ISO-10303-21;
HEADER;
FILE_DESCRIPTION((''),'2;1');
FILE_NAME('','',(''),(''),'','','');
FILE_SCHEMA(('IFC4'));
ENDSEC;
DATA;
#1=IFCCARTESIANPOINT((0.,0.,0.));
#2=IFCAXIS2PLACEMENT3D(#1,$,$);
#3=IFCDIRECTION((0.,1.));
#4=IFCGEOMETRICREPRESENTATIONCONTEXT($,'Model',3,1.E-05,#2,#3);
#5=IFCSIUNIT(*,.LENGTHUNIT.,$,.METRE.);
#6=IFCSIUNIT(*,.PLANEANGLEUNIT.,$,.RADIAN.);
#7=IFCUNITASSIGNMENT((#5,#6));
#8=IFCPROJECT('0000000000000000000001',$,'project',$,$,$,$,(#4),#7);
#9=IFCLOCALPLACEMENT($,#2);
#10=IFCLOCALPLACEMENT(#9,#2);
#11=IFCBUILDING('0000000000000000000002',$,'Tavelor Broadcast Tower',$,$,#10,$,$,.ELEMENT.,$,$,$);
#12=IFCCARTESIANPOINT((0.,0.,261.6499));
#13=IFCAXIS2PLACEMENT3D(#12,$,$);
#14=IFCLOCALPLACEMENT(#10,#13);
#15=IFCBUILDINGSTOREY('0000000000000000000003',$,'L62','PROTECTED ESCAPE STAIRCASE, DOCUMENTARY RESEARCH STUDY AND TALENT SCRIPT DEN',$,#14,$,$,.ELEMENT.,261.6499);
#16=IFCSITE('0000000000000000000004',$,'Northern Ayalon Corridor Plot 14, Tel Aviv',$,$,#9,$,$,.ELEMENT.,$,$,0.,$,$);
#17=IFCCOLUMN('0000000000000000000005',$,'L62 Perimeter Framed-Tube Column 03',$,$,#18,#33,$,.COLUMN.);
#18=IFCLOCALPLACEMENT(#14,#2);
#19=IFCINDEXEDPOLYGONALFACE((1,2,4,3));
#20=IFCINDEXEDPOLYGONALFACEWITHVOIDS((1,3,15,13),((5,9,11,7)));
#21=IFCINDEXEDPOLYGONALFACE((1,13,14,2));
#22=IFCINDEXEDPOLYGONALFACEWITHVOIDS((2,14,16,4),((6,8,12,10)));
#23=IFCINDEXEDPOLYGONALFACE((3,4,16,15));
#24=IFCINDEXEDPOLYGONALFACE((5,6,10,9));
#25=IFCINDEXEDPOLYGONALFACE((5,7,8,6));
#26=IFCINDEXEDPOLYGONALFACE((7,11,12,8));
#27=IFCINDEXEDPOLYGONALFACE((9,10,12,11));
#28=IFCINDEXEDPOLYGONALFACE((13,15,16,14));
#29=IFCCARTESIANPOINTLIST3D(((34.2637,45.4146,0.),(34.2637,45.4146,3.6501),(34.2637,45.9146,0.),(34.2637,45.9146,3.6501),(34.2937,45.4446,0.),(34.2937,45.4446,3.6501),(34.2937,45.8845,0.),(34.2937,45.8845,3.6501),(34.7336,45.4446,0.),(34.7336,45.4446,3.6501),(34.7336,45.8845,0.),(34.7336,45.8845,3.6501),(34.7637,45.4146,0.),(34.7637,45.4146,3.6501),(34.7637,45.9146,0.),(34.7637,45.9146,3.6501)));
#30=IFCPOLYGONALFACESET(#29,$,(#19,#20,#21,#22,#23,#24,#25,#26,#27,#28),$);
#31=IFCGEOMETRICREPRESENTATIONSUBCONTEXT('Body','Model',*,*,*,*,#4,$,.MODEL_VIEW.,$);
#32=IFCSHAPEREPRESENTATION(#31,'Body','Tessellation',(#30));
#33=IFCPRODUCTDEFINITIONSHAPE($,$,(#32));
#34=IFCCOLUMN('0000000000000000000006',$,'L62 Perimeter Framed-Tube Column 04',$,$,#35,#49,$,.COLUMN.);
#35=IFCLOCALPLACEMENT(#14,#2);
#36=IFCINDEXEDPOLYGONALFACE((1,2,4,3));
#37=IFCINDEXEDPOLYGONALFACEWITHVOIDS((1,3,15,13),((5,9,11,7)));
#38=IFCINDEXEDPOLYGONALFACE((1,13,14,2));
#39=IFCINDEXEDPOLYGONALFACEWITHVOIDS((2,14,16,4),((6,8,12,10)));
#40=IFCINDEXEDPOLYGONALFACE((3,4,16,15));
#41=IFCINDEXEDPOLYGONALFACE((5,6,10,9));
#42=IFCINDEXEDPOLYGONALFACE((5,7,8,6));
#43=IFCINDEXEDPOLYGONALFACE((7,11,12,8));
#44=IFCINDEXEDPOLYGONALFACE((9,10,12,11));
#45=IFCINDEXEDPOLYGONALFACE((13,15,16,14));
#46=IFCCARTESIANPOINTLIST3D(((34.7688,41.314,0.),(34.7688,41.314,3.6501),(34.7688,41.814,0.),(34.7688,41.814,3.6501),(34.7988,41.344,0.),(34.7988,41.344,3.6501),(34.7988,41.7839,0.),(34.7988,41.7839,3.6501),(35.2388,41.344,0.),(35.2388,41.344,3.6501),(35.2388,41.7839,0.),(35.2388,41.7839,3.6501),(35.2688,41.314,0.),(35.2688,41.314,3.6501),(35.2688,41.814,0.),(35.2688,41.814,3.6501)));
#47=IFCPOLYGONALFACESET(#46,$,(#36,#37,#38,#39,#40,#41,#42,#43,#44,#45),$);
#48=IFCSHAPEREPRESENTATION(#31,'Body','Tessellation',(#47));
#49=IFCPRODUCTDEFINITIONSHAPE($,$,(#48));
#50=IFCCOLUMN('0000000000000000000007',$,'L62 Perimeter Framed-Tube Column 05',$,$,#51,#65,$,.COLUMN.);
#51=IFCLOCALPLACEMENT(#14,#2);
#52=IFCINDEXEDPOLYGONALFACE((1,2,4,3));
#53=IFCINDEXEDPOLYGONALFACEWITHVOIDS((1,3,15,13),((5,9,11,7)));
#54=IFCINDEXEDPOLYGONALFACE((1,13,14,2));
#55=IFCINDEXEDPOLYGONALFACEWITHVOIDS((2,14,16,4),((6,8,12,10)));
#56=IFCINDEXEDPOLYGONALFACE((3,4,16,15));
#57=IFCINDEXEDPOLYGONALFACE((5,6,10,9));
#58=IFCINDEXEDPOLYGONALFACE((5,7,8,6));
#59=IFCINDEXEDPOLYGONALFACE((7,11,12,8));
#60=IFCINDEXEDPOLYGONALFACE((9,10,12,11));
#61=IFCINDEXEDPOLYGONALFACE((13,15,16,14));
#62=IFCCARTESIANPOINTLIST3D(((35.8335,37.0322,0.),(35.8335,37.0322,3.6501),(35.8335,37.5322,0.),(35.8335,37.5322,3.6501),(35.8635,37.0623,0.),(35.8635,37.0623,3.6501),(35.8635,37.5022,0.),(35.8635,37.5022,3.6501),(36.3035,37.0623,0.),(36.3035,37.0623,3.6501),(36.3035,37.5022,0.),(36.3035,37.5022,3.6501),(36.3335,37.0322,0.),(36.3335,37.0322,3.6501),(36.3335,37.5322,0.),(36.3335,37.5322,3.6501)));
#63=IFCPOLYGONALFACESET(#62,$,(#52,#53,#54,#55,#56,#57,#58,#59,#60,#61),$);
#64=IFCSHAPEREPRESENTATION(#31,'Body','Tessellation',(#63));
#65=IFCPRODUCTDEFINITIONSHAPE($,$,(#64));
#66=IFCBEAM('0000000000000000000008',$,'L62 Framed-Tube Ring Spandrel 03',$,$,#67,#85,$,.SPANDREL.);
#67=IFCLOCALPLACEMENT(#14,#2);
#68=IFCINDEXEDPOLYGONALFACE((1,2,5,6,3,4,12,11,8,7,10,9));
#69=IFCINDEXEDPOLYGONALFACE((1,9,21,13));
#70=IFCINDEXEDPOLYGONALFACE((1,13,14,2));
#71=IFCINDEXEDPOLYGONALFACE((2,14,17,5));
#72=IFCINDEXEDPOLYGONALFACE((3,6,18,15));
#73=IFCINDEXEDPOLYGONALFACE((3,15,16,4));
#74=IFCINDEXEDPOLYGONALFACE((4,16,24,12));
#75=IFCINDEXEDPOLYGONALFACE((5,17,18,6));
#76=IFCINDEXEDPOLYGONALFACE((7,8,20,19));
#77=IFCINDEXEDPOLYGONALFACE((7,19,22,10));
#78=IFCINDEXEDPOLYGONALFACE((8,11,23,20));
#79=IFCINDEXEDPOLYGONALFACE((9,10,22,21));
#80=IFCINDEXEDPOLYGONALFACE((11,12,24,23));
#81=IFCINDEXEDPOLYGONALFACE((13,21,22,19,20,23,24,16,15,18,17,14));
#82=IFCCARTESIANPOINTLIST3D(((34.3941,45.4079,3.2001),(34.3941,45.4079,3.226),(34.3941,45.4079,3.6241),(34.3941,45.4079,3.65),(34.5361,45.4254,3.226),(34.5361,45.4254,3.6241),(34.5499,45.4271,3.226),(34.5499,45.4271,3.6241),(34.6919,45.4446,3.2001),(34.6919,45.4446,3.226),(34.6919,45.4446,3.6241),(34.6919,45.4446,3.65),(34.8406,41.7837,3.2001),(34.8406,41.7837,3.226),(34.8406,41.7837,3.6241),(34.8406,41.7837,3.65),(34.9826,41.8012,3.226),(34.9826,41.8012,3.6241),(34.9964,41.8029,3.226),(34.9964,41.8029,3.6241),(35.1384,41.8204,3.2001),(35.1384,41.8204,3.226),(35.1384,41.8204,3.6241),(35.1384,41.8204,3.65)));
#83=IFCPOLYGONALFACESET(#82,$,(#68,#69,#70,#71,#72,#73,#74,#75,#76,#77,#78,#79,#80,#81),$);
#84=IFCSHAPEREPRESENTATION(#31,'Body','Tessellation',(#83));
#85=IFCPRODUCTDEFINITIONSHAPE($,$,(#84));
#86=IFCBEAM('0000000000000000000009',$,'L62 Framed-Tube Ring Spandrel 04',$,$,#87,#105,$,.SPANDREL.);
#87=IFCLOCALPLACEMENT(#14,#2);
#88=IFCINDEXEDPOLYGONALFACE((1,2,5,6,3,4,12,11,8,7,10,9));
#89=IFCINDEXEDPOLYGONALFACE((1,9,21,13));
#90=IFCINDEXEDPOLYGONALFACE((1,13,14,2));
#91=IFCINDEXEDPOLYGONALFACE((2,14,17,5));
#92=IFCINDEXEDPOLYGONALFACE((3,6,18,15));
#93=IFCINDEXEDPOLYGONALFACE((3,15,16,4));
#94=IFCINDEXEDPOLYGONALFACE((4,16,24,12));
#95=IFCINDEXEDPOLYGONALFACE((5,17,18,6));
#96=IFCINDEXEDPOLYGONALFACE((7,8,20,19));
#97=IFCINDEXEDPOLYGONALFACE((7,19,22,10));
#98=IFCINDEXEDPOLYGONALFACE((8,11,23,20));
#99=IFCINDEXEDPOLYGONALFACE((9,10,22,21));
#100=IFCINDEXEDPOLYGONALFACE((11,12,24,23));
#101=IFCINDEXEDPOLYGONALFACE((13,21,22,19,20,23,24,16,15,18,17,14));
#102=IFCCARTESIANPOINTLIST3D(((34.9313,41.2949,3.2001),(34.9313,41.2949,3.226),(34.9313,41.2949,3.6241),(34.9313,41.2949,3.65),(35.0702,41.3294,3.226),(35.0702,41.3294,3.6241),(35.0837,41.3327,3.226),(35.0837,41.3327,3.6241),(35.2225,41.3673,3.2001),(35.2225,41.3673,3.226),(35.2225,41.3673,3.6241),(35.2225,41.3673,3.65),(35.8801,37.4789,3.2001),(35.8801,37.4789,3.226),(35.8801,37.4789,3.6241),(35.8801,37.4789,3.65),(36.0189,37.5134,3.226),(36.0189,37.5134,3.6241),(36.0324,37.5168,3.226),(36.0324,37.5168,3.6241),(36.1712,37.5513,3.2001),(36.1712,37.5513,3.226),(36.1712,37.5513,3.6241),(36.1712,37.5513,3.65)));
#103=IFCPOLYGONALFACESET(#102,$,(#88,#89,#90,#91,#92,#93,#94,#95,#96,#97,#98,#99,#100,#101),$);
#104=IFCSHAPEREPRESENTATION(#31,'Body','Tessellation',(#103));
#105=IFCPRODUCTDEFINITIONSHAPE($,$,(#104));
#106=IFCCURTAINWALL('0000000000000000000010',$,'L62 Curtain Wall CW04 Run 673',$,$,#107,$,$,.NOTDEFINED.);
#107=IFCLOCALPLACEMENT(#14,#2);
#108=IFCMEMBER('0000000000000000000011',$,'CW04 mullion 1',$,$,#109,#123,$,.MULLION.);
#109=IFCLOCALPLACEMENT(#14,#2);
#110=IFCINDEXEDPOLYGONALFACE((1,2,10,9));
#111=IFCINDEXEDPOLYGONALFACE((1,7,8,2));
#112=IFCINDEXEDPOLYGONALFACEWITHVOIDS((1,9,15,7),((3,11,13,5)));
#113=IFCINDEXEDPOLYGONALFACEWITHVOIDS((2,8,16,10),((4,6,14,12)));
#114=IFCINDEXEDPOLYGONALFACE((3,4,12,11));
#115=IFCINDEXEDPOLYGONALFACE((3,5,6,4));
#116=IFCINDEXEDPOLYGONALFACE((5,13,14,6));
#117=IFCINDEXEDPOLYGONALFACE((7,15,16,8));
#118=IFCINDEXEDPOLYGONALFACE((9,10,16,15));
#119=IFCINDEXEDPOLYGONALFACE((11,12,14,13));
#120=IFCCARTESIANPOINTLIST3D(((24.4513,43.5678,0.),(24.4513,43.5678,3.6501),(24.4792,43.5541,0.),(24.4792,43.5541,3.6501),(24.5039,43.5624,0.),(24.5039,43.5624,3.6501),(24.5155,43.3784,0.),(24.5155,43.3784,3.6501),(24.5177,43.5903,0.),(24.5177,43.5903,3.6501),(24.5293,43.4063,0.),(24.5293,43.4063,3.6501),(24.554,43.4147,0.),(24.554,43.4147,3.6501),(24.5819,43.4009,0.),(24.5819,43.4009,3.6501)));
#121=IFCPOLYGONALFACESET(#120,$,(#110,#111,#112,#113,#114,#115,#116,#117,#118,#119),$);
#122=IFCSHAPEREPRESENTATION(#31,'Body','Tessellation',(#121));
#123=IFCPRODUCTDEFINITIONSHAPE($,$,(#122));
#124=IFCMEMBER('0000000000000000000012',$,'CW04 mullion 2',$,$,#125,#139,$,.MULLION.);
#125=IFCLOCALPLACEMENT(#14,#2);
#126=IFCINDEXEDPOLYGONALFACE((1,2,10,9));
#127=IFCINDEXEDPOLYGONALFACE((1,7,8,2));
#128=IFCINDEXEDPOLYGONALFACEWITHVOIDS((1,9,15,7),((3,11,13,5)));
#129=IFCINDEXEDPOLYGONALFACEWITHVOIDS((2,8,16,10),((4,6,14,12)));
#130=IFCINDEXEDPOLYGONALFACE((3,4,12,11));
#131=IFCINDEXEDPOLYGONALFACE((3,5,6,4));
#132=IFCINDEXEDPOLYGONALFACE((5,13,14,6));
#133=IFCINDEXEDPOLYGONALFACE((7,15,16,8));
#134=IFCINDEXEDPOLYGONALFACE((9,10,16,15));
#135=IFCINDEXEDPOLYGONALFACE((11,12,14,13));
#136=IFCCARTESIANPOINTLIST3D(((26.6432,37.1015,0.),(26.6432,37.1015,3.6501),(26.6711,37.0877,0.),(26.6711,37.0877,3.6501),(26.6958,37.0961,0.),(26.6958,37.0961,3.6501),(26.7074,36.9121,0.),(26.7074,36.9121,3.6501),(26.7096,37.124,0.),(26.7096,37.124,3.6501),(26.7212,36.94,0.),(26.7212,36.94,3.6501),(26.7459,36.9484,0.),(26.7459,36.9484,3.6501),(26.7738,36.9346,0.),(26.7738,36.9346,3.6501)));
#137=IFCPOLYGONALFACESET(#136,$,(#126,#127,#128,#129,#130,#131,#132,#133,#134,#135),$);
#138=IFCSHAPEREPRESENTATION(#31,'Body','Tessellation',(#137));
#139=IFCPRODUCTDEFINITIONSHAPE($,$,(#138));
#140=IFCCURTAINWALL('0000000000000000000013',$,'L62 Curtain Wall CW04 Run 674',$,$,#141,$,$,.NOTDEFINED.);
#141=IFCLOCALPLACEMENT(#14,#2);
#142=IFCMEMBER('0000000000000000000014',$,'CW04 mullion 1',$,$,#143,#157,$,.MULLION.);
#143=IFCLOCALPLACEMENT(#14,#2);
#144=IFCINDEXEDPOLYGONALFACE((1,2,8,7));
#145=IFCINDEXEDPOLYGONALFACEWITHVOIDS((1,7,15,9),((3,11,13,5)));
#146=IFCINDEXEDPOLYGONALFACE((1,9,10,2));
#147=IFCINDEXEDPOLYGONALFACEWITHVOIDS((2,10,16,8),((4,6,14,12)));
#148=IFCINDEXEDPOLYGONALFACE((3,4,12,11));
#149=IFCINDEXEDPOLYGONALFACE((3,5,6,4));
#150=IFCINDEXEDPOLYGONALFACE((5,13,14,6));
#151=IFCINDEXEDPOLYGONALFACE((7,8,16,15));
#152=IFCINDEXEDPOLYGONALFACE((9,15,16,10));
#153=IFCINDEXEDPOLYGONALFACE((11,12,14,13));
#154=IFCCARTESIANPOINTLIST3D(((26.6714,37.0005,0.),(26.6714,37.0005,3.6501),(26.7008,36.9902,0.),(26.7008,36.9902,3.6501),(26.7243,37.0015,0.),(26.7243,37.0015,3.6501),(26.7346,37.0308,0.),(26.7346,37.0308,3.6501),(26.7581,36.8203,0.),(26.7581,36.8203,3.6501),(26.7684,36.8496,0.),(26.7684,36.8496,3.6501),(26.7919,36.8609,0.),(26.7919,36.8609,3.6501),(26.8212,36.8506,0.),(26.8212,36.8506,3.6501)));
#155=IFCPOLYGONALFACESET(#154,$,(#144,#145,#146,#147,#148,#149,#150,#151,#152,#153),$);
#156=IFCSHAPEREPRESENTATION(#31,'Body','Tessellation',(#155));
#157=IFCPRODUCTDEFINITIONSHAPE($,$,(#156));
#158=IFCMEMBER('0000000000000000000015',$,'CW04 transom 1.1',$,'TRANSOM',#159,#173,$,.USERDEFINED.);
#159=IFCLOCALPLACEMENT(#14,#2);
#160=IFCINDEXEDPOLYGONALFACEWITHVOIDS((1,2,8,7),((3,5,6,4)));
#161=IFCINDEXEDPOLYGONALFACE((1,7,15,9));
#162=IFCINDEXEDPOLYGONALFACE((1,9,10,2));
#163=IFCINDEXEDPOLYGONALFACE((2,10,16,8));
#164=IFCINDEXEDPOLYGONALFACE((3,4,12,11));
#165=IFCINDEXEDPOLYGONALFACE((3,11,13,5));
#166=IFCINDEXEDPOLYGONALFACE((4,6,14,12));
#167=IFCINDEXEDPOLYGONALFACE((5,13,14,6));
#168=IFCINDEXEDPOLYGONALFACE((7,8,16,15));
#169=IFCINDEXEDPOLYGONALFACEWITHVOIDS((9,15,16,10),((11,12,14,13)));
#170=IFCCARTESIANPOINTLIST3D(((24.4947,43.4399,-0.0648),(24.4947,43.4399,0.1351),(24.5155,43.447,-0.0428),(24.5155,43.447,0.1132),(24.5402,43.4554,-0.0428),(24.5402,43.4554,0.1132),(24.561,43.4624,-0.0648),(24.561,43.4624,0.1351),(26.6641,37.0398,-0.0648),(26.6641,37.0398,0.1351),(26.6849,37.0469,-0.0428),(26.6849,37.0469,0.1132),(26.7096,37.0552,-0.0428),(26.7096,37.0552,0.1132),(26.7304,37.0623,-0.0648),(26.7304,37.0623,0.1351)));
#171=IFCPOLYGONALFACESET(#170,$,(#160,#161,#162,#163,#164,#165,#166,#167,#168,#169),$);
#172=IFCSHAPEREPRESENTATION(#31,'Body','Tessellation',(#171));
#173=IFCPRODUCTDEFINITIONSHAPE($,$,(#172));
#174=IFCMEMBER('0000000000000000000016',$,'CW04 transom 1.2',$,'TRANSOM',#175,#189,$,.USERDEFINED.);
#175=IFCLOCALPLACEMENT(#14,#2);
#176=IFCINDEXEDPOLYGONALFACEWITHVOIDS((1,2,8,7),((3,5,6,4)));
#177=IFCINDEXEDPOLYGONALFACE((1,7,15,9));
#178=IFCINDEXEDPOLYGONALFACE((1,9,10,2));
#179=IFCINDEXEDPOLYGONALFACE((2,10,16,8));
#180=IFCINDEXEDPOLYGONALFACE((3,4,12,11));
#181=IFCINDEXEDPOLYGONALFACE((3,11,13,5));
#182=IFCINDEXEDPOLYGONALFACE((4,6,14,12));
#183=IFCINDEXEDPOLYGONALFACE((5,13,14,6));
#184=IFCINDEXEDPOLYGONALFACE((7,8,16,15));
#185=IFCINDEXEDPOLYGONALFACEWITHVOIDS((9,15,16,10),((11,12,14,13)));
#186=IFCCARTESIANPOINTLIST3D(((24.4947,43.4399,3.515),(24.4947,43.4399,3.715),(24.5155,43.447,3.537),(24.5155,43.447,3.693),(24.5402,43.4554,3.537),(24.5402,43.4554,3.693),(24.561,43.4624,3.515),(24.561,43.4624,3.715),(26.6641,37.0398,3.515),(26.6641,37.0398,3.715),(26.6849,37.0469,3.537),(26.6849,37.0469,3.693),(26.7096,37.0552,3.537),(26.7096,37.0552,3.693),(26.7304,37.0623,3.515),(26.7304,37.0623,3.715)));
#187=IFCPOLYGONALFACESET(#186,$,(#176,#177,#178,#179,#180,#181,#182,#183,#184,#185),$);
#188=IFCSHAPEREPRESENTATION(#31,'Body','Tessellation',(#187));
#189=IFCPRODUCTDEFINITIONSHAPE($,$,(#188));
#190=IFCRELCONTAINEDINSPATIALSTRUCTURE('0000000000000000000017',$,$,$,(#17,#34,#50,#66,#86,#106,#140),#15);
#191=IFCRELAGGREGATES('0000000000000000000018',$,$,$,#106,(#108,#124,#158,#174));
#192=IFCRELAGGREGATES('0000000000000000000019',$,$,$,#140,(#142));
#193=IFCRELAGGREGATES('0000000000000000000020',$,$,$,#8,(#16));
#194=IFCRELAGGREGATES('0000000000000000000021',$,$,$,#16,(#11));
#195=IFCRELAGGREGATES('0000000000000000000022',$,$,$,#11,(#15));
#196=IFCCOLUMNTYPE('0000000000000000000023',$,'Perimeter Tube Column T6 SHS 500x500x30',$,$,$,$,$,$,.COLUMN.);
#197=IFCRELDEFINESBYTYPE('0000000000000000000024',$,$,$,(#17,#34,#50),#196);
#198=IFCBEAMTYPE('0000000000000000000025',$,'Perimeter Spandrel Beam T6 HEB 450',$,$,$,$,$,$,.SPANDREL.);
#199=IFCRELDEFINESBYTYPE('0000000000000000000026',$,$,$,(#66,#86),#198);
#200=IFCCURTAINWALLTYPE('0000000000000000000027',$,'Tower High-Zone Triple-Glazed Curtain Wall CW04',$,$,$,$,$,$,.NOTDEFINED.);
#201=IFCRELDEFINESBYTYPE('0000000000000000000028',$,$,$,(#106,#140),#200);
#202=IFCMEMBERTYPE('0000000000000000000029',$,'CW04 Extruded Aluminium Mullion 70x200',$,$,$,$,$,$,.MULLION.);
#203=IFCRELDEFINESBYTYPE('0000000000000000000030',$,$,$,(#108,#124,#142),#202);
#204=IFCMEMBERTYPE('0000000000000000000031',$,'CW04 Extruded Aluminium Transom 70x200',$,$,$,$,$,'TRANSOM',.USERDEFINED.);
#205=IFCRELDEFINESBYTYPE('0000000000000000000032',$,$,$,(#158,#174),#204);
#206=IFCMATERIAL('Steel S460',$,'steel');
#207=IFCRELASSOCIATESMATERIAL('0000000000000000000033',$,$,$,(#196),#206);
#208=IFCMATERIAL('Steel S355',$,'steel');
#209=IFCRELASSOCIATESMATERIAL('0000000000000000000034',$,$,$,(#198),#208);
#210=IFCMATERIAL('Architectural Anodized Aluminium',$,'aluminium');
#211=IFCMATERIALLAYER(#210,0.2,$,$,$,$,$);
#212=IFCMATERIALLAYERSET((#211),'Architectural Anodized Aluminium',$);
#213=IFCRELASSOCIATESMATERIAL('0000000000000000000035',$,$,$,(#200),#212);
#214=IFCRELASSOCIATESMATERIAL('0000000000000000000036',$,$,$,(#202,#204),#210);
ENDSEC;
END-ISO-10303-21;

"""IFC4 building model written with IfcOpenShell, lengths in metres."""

from ifc_helpers import new_model, si_unit, direction, frame, origin, origin_2d, place, context, subcontext, project, spatial, hollow_rectangle, i_section, extrude, source, transform, mapped, material, layer, layer_set, material_profile, profile_set, type_object, type_shapes, element, aggregate, save


model = new_model("IFC4")

# Units and contexts
model_context = context("Model", 3, precision=1e-05, world=origin(), true_north=direction((0.0, 1.0)))
body_context = subcontext(model_context, "Body", "Model", "MODEL_VIEW")
ifc_project = project(units=[si_unit("LENGTHUNIT", "METRE"), si_unit("PLANEANGLEUNIT", "RADIAN")], contexts=[model_context])

# Site, building, storey
site_placement = place(None, origin())
site = spatial("IfcSite", under=ifc_project, at=site_placement, Name="Northern Ayalon Corridor Plot 14, Tel Aviv", CompositionType="ELEMENT", RefElevation=0.0)
building_placement = place(site_placement, origin())
building = spatial("IfcBuilding", under=site, at=building_placement, Name="Tavelor Broadcast Tower", CompositionType="ELEMENT")
storey_placement = place(building_placement, frame((0.0, 0.0, 261.6499)))
storey = spatial("IfcBuildingStorey", under=building, at=storey_placement, Name="L62", Description="PROTECTED ESCAPE STAIRCASE, DOCUMENTARY RESEARCH STUDY AND TALENT SCRIPT DEN", CompositionType="ELEMENT", Elevation=261.6499)

# Columns
ifc_material_1 = material(Name="Steel S460", Category="steel")
ifc_material_profile_1 = material_profile(ifc_material_1, hollow_rectangle(XDim=0.5, YDim=0.5, WallThickness=0.03, at=origin_2d()), Name="SHS 500x500x30")
ifc_profile_set_1 = profile_set([ifc_material_profile_1], Name="Steel S460")
column_type = type_object("IfcColumnType", Name="Perimeter Tube Column T6 SHS 500x500x30", PredefinedType="COLUMN", material=ifc_profile_set_1)
for number, where, z_axis, x_axis, name in (
    (1, (34.5137, 45.6646, 0.0), (0.0, 0.0, 1.0), (1.0, 0.0, 0.0), "L62 Perimeter Framed-Tube Column 03"),
    (2, (35.0188, 41.564, 0.0), (0.0, 0.0, 1.0), (1.0, 0.0, 0.0), "L62 Perimeter Framed-Tube Column 04"),
    (3, (36.0835, 37.2822, 0.0), (0.0, 0.0, 1.0), (1.0, 0.0, 0.0), "L62 Perimeter Framed-Tube Column 05"),
):
    element("IfcColumn", number, at=place(storey_placement, frame(where, z_axis=z_axis, x_axis=x_axis)), inside=storey, type_object=column_type, Name=name, PredefinedType="COLUMN", context=body_context, shape_type="SweptSolid", body=[
        extrude(hollow_rectangle(XDim=0.5, YDim=0.5, WallThickness=0.03, at=origin_2d()), origin(), (0.0, 0.0, 1.0), 3.6501),
    ])

# Beams
ifc_material_2 = material(Name="Steel S355", Category="steel")
ifc_material_profile_2 = material_profile(ifc_material_2, i_section(OverallWidth=0.3, OverallDepth=0.45, WebThickness=0.0139, FlangeThickness=0.0259, at=origin_2d()), Name="HEB 450")
ifc_profile_set_2 = profile_set([ifc_material_profile_2], Name="Steel S355")
beam_type = type_object("IfcBeamType", Name="Perimeter Spandrel Beam T6 HEB 450", PredefinedType="SPANDREL", material=ifc_profile_set_2)
beam_1_placement = place(storey_placement, frame((34.543, 45.4263, 3.425), z_axis=(0.122282, -0.992495, 0.0), x_axis=(0.992495, 0.122282, 0.0)))
element("IfcBeam", 4, at=beam_1_placement, inside=storey, type_object=beam_type, Name="L62 Framed-Tube Ring Spandrel 03", PredefinedType="SPANDREL", context=body_context, shape_type="SweptSolid", body=[
    extrude(i_section(OverallWidth=0.3, OverallDepth=0.45, WebThickness=0.0139, FlangeThickness=0.0259, at=origin_2d()), origin(), (0.0, 0.0, 1.0), 3.6516),
])
beam_2_placement = place(storey_placement, frame((35.0769, 41.3311, 3.425), z_axis=(0.241279, -0.970456, 0.0), x_axis=(0.970456, 0.241279, 0.0)))
element("IfcBeam", 5, at=beam_2_placement, inside=storey, type_object=beam_type, Name="L62 Framed-Tube Ring Spandrel 04", PredefinedType="SPANDREL", context=body_context, shape_type="SweptSolid", body=[
    extrude(i_section(OverallWidth=0.3, OverallDepth=0.45, WebThickness=0.0139, FlangeThickness=0.0259, at=origin_2d()), origin(), (0.0, 0.0, 1.0), 3.9321),
])

# Curtain wall, members
ifc_material_3 = material(Name="Architectural Anodized Aluminium", Category="aluminium")
ifc_layer_1 = layer(ifc_material_3, 0.2)
ifc_layer_set_1 = layer_set([ifc_layer_1], Name="Architectural Anodized Aluminium")
curtain_wall_type = type_object("IfcCurtainWallType", Name="Tower High-Zone Triple-Glazed Curtain Wall CW04", PredefinedType="NOTDEFINED", material=ifc_layer_set_1)
curtain_wall_1_placement = place(storey_placement, origin())
curtain_wall_1 = element("IfcCurtainWall", 6, at=curtain_wall_1_placement, inside=storey, type_object=curtain_wall_type, Name="L62 Curtain Wall CW04 Run 673", PredefinedType="NOTDEFINED")
ifc_material_profile_3 = material_profile(ifc_material_3, hollow_rectangle(XDim=0.0701, YDim=0.2, WallThickness=0.022, at=origin_2d()), Name="RHS 70x200x22")
ifc_profile_set_3 = profile_set([ifc_material_profile_3], Name="Architectural Anodized Aluminium")
member_type_1 = type_object("IfcMemberType", Name="CW04 Extruded Aluminium Mullion 70x200", PredefinedType="MULLION", material=ifc_profile_set_3)
shared_shape_1 = source(origin(), body_context, "Body", "SweptSolid", [
    extrude(hollow_rectangle(XDim=0.0701, YDim=0.2, WallThickness=0.022, at=origin_2d()), origin(), (0.0, 0.0, 1.0), 3.6501),
])
type_shapes(member_type_1, [shared_shape_1])
member_1_placement = place(storey_placement, frame((24.5166, 43.4844, 0.0), z_axis=(0.0, 0.0, 1.0), x_axis=(0.947074, 0.321017, 0.0)))
member_1 = element("IfcMember", 7, at=member_1_placement, type_object=member_type_1, Name="CW04 mullion 1", PredefinedType="MULLION", context=body_context, shape_type="MappedRepresentation", body=[
    mapped(shared_shape_1, transform((0.0, 0.0, 0.0), scale=1.0)),
])
member_2_placement = place(storey_placement, frame((26.7085, 37.0181, 0.0), z_axis=(0.0, 0.0, 1.0), x_axis=(0.947074, 0.321017, 0.0)))
member_2 = element("IfcMember", 8, at=member_2_placement, type_object=member_type_1, Name="CW04 mullion 2", PredefinedType="MULLION", context=body_context, shape_type="MappedRepresentation", body=[
    mapped(shared_shape_1, transform((0.0, 0.0, 0.0), scale=1.0)),
])

# Curtain wall, member
curtain_wall_2_placement = place(storey_placement, origin())
curtain_wall_2 = element("IfcCurtainWall", 9, at=curtain_wall_2_placement, inside=storey, type_object=curtain_wall_type, Name="L62 Curtain Wall CW04 Run 674", PredefinedType="NOTDEFINED")
member_3_placement = place(storey_placement, frame((26.7463, 36.9255, 0.0), z_axis=(0.0, 0.0, 1.0), x_axis=(0.901264, 0.43327, 0.0)))
member_3 = element("IfcMember", 10, at=member_3_placement, type_object=member_type_1, Name="CW04 mullion 1", PredefinedType="MULLION", context=body_context, shape_type="MappedRepresentation", body=[
    mapped(shared_shape_1, transform((0.0, 0.0, 0.0), scale=1.0)),
])

# Members
ifc_material_profile_4 = material_profile(ifc_material_3, hollow_rectangle(XDim=0.0701, YDim=0.2, WallThickness=0.022, at=origin_2d()), Name="RHS 70x200x22")
ifc_profile_set_4 = profile_set([ifc_material_profile_4], Name="Architectural Anodized Aluminium")
member_type_2 = type_object("IfcMemberType", Name="CW04 Extruded Aluminium Transom 70x200", ElementType="TRANSOM", PredefinedType="USERDEFINED", material=ifc_profile_set_4)
shared_shape_2 = source(origin(), body_context, "Body", "SweptSolid", [
    extrude(hollow_rectangle(XDim=0.0701, YDim=0.2, WallThickness=0.022, at=origin_2d()), origin(), (0.0, 0.0, 1.0), 6.7578),
])
member_4_placement = place(storey_placement, frame((24.5278, 43.4512, 0.0352), z_axis=(0.321025, -0.947071, 0.0), x_axis=(0.947071, 0.321025, 0.0)))
member_4 = element("IfcMember", 11, at=member_4_placement, type_object=member_type_2, Name="CW04 transom 1.1", ObjectType="TRANSOM", PredefinedType="USERDEFINED", context=body_context, shape_type="MappedRepresentation", body=[
    mapped(shared_shape_2, transform((0.0, 0.0, 0.0), scale=1.0)),
])
member_5_placement = place(storey_placement, frame((24.5278, 43.4512, 3.615), z_axis=(0.321025, -0.947071, 0.0), x_axis=(0.947071, 0.321025, 0.0)))
member_5 = element("IfcMember", 12, at=member_5_placement, type_object=member_type_2, Name="CW04 transom 1.2", ObjectType="TRANSOM", PredefinedType="USERDEFINED", context=body_context, shape_type="MappedRepresentation", body=[
    mapped(shared_shape_2, transform((0.0, 0.0, 0.0), scale=1.0)),
])

aggregate(curtain_wall_1, [member_1, member_2, member_4, member_5])
aggregate(curtain_wall_2, [member_3])

save(model, "model.ifc")
